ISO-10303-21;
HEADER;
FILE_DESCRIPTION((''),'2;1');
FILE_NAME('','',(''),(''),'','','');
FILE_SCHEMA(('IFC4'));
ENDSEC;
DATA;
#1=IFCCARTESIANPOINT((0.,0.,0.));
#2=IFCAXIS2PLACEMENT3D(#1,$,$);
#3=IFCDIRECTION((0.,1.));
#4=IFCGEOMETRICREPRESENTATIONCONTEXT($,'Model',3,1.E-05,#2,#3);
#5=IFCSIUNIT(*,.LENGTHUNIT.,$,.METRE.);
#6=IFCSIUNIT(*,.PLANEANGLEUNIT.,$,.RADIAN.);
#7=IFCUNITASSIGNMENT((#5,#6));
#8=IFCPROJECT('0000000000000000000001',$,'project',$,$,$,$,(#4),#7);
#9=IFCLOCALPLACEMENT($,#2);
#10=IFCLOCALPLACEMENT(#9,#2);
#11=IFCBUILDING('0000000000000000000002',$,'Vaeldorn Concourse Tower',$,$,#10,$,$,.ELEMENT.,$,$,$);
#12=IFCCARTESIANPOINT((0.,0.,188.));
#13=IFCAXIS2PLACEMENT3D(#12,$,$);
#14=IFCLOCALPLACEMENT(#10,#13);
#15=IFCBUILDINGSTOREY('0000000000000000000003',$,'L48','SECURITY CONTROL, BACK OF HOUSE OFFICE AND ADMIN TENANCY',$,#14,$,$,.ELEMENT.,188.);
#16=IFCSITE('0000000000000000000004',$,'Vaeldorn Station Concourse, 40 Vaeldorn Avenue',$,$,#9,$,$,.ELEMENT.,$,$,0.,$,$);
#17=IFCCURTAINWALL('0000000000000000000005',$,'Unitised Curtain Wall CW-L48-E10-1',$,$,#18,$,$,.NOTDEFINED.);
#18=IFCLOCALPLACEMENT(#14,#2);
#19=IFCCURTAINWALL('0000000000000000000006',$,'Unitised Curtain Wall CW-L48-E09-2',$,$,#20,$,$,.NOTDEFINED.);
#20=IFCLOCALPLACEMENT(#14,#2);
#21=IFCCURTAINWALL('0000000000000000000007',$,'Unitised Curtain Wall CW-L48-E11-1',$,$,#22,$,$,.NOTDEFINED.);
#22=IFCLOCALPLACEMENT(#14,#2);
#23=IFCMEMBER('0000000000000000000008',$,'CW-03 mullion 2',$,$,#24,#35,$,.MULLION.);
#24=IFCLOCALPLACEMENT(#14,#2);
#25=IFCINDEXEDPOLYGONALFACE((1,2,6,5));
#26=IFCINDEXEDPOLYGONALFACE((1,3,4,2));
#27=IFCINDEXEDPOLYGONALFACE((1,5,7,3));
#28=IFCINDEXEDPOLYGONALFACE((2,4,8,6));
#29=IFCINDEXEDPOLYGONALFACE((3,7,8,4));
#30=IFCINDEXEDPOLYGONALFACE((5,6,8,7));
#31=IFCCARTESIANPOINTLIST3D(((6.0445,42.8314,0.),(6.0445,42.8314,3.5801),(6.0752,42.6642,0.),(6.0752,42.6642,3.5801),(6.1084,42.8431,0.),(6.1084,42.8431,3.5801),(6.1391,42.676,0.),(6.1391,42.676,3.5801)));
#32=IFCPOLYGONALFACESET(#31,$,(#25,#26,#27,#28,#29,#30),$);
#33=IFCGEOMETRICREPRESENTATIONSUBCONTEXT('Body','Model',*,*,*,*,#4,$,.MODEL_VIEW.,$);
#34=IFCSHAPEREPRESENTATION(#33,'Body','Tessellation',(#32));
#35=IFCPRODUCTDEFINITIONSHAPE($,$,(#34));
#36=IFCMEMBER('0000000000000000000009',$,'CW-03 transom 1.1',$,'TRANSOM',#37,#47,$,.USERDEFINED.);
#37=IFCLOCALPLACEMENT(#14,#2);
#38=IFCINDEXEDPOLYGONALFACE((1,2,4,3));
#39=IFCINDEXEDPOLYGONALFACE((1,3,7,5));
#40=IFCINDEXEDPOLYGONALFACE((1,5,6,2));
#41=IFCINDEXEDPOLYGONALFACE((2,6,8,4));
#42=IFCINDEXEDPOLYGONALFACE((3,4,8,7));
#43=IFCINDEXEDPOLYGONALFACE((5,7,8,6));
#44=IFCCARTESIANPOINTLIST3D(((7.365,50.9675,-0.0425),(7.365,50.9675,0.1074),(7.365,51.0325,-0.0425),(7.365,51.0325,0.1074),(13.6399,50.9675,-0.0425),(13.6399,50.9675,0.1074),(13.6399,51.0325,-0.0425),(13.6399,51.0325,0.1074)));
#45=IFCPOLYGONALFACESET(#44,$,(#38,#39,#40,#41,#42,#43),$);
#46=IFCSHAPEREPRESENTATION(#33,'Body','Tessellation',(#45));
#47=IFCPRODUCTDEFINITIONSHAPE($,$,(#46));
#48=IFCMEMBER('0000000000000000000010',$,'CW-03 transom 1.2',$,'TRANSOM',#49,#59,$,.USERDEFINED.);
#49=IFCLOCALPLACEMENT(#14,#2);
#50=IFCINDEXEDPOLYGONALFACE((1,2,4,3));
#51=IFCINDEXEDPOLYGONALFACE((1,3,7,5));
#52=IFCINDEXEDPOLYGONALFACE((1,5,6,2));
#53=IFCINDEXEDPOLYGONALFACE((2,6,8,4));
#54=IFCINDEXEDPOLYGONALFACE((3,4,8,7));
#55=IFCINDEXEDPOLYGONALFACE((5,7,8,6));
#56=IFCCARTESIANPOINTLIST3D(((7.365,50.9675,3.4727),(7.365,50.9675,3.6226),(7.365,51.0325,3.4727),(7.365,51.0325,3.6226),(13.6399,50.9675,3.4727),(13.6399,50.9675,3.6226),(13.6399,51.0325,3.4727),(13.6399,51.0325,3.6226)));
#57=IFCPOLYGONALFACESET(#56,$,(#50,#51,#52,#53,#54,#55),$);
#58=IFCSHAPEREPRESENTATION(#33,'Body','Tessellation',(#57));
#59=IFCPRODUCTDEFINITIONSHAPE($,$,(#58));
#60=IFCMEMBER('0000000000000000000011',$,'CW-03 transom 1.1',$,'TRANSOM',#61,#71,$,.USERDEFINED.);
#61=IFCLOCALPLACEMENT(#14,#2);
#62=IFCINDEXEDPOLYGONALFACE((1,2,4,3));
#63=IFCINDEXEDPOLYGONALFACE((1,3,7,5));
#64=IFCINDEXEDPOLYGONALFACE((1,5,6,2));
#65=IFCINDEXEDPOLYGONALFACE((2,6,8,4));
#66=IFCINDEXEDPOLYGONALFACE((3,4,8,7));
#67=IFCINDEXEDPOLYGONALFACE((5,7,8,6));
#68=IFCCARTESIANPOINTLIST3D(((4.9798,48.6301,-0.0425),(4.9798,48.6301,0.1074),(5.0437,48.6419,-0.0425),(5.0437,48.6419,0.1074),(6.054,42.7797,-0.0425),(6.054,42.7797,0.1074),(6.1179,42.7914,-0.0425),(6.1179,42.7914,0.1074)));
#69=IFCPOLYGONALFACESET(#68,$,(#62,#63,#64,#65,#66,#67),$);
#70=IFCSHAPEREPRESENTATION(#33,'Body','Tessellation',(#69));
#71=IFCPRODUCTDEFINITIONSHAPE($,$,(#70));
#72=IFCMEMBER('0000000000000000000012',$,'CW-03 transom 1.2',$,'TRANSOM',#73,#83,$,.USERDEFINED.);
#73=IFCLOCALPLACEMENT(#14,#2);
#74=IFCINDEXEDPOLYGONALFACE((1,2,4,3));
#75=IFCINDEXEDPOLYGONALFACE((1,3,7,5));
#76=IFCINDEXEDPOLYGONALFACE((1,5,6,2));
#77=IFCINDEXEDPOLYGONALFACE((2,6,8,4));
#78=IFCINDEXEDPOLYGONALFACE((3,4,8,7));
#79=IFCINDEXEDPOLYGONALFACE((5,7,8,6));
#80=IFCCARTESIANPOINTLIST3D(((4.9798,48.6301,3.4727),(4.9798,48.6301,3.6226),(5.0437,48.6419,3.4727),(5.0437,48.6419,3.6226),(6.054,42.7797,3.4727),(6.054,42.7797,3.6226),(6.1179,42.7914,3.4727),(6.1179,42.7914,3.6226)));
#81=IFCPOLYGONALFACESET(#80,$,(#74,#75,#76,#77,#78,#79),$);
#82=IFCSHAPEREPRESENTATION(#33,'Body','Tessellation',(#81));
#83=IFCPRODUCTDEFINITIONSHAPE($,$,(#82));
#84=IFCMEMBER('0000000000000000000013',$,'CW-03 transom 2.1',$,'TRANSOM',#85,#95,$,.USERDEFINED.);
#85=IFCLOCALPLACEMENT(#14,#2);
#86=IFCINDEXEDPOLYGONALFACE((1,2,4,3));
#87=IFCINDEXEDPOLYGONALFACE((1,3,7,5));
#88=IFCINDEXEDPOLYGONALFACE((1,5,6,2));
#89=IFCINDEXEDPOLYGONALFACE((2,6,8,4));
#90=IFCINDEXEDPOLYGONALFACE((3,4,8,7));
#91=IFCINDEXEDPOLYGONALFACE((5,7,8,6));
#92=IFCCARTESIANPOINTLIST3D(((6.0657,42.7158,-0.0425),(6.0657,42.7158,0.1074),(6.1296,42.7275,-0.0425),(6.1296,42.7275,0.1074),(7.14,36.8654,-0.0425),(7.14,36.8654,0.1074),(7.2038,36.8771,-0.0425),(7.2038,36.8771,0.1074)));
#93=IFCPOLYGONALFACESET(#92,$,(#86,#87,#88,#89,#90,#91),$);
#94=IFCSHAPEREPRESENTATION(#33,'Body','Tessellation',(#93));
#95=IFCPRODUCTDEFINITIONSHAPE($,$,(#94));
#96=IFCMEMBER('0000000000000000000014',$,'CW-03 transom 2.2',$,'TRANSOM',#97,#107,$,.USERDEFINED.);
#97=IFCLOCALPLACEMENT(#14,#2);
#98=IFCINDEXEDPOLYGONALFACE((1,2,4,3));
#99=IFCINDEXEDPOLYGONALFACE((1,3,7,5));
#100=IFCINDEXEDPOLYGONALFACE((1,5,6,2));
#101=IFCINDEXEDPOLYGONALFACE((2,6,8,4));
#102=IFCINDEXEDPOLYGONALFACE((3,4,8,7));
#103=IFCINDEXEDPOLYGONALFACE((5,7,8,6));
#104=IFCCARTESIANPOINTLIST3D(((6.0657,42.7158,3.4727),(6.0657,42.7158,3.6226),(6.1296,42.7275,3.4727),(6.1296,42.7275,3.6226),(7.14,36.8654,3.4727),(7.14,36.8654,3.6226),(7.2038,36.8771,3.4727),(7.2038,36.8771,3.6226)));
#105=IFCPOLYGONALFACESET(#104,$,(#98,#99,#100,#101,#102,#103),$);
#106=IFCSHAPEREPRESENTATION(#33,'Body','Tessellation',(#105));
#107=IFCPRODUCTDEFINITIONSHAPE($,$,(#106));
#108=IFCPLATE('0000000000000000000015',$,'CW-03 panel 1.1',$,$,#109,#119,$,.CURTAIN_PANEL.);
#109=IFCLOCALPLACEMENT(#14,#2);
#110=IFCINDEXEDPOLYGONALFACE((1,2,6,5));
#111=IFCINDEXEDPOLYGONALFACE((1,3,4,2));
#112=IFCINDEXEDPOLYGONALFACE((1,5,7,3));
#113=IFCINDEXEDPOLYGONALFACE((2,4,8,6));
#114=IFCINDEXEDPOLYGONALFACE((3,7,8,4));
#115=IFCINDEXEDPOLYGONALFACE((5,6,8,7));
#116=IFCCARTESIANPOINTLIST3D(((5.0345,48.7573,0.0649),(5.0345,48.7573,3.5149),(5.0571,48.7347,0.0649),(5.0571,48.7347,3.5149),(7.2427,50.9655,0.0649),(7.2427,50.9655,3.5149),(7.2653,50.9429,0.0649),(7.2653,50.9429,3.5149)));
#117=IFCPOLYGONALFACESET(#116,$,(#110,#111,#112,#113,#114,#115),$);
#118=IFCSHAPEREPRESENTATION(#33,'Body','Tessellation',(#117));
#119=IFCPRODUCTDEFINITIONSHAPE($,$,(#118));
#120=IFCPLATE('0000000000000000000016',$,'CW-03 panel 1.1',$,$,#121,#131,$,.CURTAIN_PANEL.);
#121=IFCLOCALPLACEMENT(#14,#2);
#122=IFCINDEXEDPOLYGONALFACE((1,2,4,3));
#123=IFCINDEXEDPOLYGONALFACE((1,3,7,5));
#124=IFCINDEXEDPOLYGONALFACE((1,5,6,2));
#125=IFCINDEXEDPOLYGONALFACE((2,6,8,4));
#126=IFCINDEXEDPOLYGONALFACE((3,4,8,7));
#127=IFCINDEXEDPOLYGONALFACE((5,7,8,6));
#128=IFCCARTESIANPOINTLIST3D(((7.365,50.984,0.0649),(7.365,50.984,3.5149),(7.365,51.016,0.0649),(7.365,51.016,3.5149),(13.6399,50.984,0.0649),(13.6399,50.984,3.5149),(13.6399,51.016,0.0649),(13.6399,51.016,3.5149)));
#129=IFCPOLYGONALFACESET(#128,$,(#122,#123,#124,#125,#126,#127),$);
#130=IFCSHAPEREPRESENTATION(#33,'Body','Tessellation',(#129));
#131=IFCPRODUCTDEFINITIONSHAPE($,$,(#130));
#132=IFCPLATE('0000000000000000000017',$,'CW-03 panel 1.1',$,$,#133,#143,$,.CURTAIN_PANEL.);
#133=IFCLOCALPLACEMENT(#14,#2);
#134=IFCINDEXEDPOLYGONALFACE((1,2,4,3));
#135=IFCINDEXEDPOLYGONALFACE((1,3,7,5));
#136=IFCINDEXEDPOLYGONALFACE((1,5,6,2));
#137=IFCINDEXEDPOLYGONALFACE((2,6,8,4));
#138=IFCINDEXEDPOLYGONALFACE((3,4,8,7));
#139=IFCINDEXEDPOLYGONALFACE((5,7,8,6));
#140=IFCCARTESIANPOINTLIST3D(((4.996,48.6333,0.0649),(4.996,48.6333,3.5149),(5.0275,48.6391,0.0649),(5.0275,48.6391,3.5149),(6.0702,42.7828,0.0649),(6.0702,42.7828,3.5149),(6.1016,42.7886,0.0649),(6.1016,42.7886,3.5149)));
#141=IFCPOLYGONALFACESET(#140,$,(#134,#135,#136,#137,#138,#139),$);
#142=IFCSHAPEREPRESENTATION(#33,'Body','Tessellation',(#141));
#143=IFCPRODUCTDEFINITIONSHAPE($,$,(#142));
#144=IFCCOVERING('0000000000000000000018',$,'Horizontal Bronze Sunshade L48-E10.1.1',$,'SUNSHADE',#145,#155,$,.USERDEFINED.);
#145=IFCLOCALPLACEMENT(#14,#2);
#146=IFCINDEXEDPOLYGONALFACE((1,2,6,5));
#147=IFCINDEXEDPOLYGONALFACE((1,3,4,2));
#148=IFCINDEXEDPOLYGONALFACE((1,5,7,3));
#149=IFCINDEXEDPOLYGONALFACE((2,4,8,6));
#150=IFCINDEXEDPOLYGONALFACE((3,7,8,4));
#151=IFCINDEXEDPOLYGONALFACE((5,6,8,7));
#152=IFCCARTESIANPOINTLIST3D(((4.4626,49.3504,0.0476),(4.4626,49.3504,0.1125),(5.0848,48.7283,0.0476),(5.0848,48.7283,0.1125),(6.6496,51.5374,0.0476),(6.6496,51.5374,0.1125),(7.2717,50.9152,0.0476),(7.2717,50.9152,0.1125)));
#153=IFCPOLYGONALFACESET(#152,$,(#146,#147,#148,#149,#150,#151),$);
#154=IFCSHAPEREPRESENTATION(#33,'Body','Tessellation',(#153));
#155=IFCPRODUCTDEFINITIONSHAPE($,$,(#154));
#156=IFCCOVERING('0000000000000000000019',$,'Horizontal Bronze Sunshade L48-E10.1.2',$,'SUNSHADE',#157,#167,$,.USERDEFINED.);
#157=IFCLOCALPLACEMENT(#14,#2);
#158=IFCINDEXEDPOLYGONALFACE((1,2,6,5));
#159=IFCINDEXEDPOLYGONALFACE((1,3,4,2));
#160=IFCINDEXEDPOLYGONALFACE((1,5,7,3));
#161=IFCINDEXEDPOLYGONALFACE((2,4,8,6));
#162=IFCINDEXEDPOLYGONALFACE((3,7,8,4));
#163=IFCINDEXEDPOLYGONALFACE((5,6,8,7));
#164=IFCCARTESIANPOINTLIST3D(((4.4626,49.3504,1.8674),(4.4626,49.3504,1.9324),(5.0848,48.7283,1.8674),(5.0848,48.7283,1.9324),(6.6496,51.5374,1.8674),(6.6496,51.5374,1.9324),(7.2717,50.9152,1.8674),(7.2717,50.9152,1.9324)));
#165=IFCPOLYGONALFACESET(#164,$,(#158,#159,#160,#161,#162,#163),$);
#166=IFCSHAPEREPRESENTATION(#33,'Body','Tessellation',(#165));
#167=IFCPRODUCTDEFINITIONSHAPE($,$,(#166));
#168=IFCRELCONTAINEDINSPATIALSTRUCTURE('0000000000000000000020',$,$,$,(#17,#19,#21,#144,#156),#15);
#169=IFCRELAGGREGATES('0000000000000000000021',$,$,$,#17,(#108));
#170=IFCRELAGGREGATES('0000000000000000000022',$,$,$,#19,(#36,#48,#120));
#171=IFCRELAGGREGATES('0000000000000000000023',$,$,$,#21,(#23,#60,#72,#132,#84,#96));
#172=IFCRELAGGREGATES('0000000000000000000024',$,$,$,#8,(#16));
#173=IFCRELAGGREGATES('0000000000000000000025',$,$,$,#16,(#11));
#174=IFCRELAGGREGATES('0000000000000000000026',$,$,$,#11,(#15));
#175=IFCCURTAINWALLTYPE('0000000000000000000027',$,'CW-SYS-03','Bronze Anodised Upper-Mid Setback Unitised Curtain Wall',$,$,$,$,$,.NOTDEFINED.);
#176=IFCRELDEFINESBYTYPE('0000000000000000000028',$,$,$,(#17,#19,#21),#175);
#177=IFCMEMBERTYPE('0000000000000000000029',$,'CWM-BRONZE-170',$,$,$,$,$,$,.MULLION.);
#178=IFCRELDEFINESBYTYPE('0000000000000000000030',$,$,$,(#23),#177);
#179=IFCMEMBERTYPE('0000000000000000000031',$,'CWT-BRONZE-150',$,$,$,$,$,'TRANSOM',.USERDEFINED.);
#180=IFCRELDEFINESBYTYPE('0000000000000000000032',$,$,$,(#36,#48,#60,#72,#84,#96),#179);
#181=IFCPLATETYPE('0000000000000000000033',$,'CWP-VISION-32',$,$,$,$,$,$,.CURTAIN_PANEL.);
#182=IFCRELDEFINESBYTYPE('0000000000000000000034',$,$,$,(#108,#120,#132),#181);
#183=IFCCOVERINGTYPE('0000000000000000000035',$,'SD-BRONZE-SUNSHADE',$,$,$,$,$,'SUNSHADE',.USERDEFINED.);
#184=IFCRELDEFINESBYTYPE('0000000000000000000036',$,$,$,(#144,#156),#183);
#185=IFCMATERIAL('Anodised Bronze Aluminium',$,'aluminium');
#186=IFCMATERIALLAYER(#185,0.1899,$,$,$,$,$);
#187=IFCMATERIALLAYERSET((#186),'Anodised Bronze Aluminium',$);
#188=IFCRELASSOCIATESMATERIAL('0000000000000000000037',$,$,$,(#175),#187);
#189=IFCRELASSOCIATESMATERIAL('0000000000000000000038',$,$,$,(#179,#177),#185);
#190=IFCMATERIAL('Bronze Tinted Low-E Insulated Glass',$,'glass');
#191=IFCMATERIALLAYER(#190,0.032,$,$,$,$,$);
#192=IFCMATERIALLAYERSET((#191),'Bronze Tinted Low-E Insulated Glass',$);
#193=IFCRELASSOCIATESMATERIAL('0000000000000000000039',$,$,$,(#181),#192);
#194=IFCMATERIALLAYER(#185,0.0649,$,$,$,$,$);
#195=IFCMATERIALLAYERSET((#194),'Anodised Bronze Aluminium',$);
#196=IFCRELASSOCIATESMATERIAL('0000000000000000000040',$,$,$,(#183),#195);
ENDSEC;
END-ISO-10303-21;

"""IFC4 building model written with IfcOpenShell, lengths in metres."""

from ifc_helpers import new_model, si_unit, direction, frame, origin, origin_2d, place, context, subcontext, project, spatial, rectangle, extrude, source, transform, mapped, material, layer, layer_set, material_profile, profile_set, type_object, element, aggregate, save


model = new_model("IFC4")

# Units and contexts
model_context = context("Model", 3, precision=1e-05, world=origin(), true_north=direction((0.0, 1.0)))
body_context = subcontext(model_context, "Body", "Model", "MODEL_VIEW")
ifc_project = project(units=[si_unit("LENGTHUNIT", "METRE"), si_unit("PLANEANGLEUNIT", "RADIAN")], contexts=[model_context])

# Site, building, storey
site_placement = place(None, origin())
site = spatial("IfcSite", under=ifc_project, at=site_placement, Name="Vaeldorn Station Concourse, 40 Vaeldorn Avenue", CompositionType="ELEMENT", RefElevation=0.0)
building_placement = place(site_placement, origin())
building = spatial("IfcBuilding", under=site, at=building_placement, Name="Vaeldorn Concourse Tower", CompositionType="ELEMENT")
storey_placement = place(building_placement, frame((0.0, 0.0, 188.0)))
storey = spatial("IfcBuildingStorey", under=building, at=storey_placement, Name="L48", Description="SECURITY CONTROL, BACK OF HOUSE OFFICE AND ADMIN TENANCY", CompositionType="ELEMENT", Elevation=188.0)

# Curtain walls
ifc_material_1 = material(Name="Anodised Bronze Aluminium", Category="aluminium")
ifc_layer_1 = layer(ifc_material_1, 0.1899)
ifc_layer_set_1 = layer_set([ifc_layer_1], Name="Anodised Bronze Aluminium")
curtain_wall_type = type_object("IfcCurtainWallType", Name="CW-SYS-03", Description="Bronze Anodised Upper-Mid Setback Unitised Curtain Wall", PredefinedType="NOTDEFINED", material=ifc_layer_set_1)
curtain_wall_1_placement = place(storey_placement, origin())
curtain_wall_1 = element("IfcCurtainWall", 1, at=curtain_wall_1_placement, inside=storey, type_object=curtain_wall_type, Name="Unitised Curtain Wall CW-L48-E10-1", PredefinedType="NOTDEFINED")
ifc_material_profile_1 = material_profile(ifc_material_1, rectangle(XDim=0.0649, YDim=0.1499, at=origin_2d()), Name="CWT 65x150")
ifc_profile_set_1 = profile_set([ifc_material_profile_1], Name="Anodised Bronze Aluminium")
member_type_1 = type_object("IfcMemberType", Name="CWT-BRONZE-150", ElementType="TRANSOM", PredefinedType="USERDEFINED", material=ifc_profile_set_1)
curtain_wall_2_placement = place(storey_placement, origin())
curtain_wall_2 = element("IfcCurtainWall", 2, at=curtain_wall_2_placement, inside=storey, type_object=curtain_wall_type, Name="Unitised Curtain Wall CW-L48-E09-2", PredefinedType="NOTDEFINED")
ifc_material_profile_2 = material_profile(ifc_material_1, rectangle(XDim=0.0649, YDim=0.1699, at=origin_2d()), Name="CWM 65x170")
ifc_profile_set_2 = profile_set([ifc_material_profile_2], Name="Anodised Bronze Aluminium")
member_type_2 = type_object("IfcMemberType", Name="CWM-BRONZE-170", PredefinedType="MULLION", material=ifc_profile_set_2)
shared_shape_1 = source(origin(), body_context, "Body", "SweptSolid", [
    extrude(rectangle(XDim=0.0649, YDim=0.1699, at=origin_2d()), origin(), (0.0, 0.0, 1.0), 3.5801),
])

# Curtain wall, member
curtain_wall_3_placement = place(storey_placement, origin())
curtain_wall_3 = element("IfcCurtainWall", 3, at=curtain_wall_3_placement, inside=storey, type_object=curtain_wall_type, Name="Unitised Curtain Wall CW-L48-E11-1", PredefinedType="NOTDEFINED")
member_1_placement = place(storey_placement, frame((6.0918, 42.7537, 0.0), z_axis=(0.0, 0.0, 1.0), x_axis=(0.983559, 0.180585, 0.0)))
member_1 = element("IfcMember", 4, at=member_1_placement, type_object=member_type_2, Name="CW-03 mullion 2", PredefinedType="MULLION", context=body_context, shape_type="MappedRepresentation", body=[
    mapped(shared_shape_1, transform((0.0, 0.0, 0.0), scale=1.0)),
])

# Members
shared_shape_2 = source(origin(), body_context, "Body", "SweptSolid", [
    extrude(rectangle(XDim=0.0649, YDim=0.1499, at=origin_2d()), origin(), (0.0, 0.0, 1.0), 6.2749),
])
member_2_placement = place(storey_placement, frame((13.6399, 51.0, 0.0325), z_axis=(-1.0, 0.0, 0.0), x_axis=(0.0, -1.0, 0.0)))
member_2 = element("IfcMember", 5, at=member_2_placement, type_object=member_type_1, Name="CW-03 transom 1.1", ObjectType="TRANSOM", PredefinedType="USERDEFINED", context=body_context, shape_type="MappedRepresentation", body=[
    mapped(shared_shape_2, transform((0.0, 0.0, 0.0), scale=1.0)),
])
member_3_placement = place(storey_placement, frame((13.6399, 51.0, 3.5476), z_axis=(-1.0, 0.0, 0.0), x_axis=(0.0, -1.0, 0.0)))
member_3 = element("IfcMember", 6, at=member_3_placement, type_object=member_type_1, Name="CW-03 transom 1.2", ObjectType="TRANSOM", PredefinedType="USERDEFINED", context=body_context, shape_type="MappedRepresentation", body=[
    mapped(shared_shape_2, transform((0.0, 0.0, 0.0), scale=1.0)),
])
shared_shape_3 = source(origin(), body_context, "Body", "SweptSolid", [
    extrude(rectangle(XDim=0.0649, YDim=0.1499, at=origin_2d()), origin(), (0.0, 0.0, 1.0), 5.9482),
])
member_4_placement = place(storey_placement, frame((5.0117, 48.636, 0.0325), z_axis=(0.180597, -0.983557, 0.0), x_axis=(0.983557, 0.180597, 0.0)))
member_4 = element("IfcMember", 7, at=member_4_placement, type_object=member_type_1, Name="CW-03 transom 1.1", ObjectType="TRANSOM", PredefinedType="USERDEFINED", context=body_context, shape_type="MappedRepresentation", body=[
    mapped(shared_shape_3, transform((0.0, 0.0, 0.0), scale=1.0)),
])
member_5_placement = place(storey_placement, frame((5.0117, 48.636, 3.5476), z_axis=(0.180597, -0.983557, 0.0), x_axis=(0.983557, 0.180597, 0.0)))
member_5 = element("IfcMember", 8, at=member_5_placement, type_object=member_type_1, Name="CW-03 transom 1.2", ObjectType="TRANSOM", PredefinedType="USERDEFINED", context=body_context, shape_type="MappedRepresentation", body=[
    mapped(shared_shape_3, transform((0.0, 0.0, 0.0), scale=1.0)),
])
member_6_placement = place(storey_placement, frame((6.0977, 42.7217, 0.0325), z_axis=(0.180597, -0.983557, 0.0), x_axis=(0.983557, 0.180597, 0.0)))
member_6 = element("IfcMember", 9, at=member_6_placement, type_object=member_type_1, Name="CW-03 transom 2.1", ObjectType="TRANSOM", PredefinedType="USERDEFINED", context=body_context, shape_type="MappedRepresentation", body=[
    mapped(shared_shape_3, transform((0.0, 0.0, 0.0), scale=1.0)),
])
member_7_placement = place(storey_placement, frame((6.0977, 42.7217, 3.5476), z_axis=(0.180597, -0.983557, 0.0), x_axis=(0.983557, 0.180597, 0.0)))
member_7 = element("IfcMember", 10, at=member_7_placement, type_object=member_type_1, Name="CW-03 transom 2.2", ObjectType="TRANSOM", PredefinedType="USERDEFINED", context=body_context, shape_type="MappedRepresentation", body=[
    mapped(shared_shape_3, transform((0.0, 0.0, 0.0), scale=1.0)),
])

# Plates
ifc_material_2 = material(Name="Bronze Tinted Low-E Insulated Glass", Category="glass")
ifc_layer_2 = layer(ifc_material_2, 0.032)
ifc_layer_set_2 = layer_set([ifc_layer_2], Name="Bronze Tinted Low-E Insulated Glass")
plate_type = type_object("IfcPlateType", Name="CWP-VISION-32", PredefinedType="CURTAIN_PANEL", material=ifc_layer_set_2)
shared_shape_4 = source(origin(), body_context, "Body", "SweptSolid", [
    extrude(rectangle(XDim=3.1228, YDim=0.032, at=origin_2d()), origin(), (0.0, 0.0, 1.0), 3.45),
])
plate_1_placement = place(storey_placement, frame((6.1499, 49.8501, 0.0649), z_axis=(0.0, 0.0, 1.0), x_axis=(-0.707107, -0.707107, 0.0)))
plate_1 = element("IfcPlate", 11, at=plate_1_placement, type_object=plate_type, Name="CW-03 panel 1.1", PredefinedType="CURTAIN_PANEL", context=body_context, shape_type="MappedRepresentation", body=[
    mapped(shared_shape_4, transform((0.0, 0.0, 0.0), scale=1.0)),
])
aggregate(curtain_wall_1, [plate_1])
shared_shape_5 = source(origin(), body_context, "Body", "SweptSolid", [
    extrude(rectangle(XDim=6.2749, YDim=0.032, at=origin_2d()), origin(), (0.0, 0.0, 1.0), 3.45),
])
plate_2_placement = place(storey_placement, frame((10.5024, 51.0, 0.0649), z_axis=(0.0, 0.0, 1.0), x_axis=(-1.0, 0.0, 0.0)))
plate_2 = element("IfcPlate", 12, at=plate_2_placement, type_object=plate_type, Name="CW-03 panel 1.1", PredefinedType="CURTAIN_PANEL", context=body_context, shape_type="MappedRepresentation", body=[
    mapped(shared_shape_5, transform((0.0, 0.0, 0.0), scale=1.0)),
])
aggregate(curtain_wall_2, [member_2, member_3, plate_2])
shared_shape_6 = source(origin(), body_context, "Body", "SweptSolid", [
    extrude(rectangle(XDim=5.9482, YDim=0.032, at=origin_2d()), origin(), (0.0, 0.0, 1.0), 3.45),
])
plate_3_placement = place(storey_placement, frame((5.5488, 45.7109, 0.0649), z_axis=(0.0, 0.0, 1.0), x_axis=(0.180585, -0.983559, 0.0)))
plate_3 = element("IfcPlate", 13, at=plate_3_placement, type_object=plate_type, Name="CW-03 panel 1.1", PredefinedType="CURTAIN_PANEL", context=body_context, shape_type="MappedRepresentation", body=[
    mapped(shared_shape_6, transform((0.0, 0.0, 0.0), scale=1.0)),
])
aggregate(curtain_wall_3, [member_1, member_4, member_5, plate_3, member_6, member_7])

# Coverings
ifc_layer_3 = layer(ifc_material_1, 0.0649)
ifc_layer_set_3 = layer_set([ifc_layer_3], Name="Anodised Bronze Aluminium")
covering_type = type_object("IfcCoveringType", Name="SD-BRONZE-SUNSHADE", ElementType="SUNSHADE", PredefinedType="USERDEFINED", material=ifc_layer_set_3)
shared_shape_7 = source(origin(), body_context, "Body", "SweptSolid", [
    extrude(rectangle(XDim=3.0928, YDim=0.8799, at=origin_2d()), origin(), (0.0, 0.0, 1.0), 0.0649),
])
for number, where, z_axis, x_axis, name in (
    (14, (5.8672, 50.1328, 0.0476), (0.0, 0.0, 1.0), (-0.707107, -0.707107, 0.0), "Horizontal Bronze Sunshade L48-E10.1.1"),
    (15, (5.8672, 50.1328, 1.8674), (0.0, 0.0, 1.0), (-0.707107, -0.707107, 0.0), "Horizontal Bronze Sunshade L48-E10.1.2"),
):
    element("IfcCovering", number, at=place(storey_placement, frame(where, z_axis=z_axis, x_axis=x_axis)), inside=storey, type_object=covering_type, Name=name, ObjectType="SUNSHADE", PredefinedType="USERDEFINED", context=body_context, shape_type="MappedRepresentation", body=[
        mapped(shared_shape_7, transform((0.0, 0.0, 0.0), scale=1.0)),
    ])

save(model, "model.ifc")
